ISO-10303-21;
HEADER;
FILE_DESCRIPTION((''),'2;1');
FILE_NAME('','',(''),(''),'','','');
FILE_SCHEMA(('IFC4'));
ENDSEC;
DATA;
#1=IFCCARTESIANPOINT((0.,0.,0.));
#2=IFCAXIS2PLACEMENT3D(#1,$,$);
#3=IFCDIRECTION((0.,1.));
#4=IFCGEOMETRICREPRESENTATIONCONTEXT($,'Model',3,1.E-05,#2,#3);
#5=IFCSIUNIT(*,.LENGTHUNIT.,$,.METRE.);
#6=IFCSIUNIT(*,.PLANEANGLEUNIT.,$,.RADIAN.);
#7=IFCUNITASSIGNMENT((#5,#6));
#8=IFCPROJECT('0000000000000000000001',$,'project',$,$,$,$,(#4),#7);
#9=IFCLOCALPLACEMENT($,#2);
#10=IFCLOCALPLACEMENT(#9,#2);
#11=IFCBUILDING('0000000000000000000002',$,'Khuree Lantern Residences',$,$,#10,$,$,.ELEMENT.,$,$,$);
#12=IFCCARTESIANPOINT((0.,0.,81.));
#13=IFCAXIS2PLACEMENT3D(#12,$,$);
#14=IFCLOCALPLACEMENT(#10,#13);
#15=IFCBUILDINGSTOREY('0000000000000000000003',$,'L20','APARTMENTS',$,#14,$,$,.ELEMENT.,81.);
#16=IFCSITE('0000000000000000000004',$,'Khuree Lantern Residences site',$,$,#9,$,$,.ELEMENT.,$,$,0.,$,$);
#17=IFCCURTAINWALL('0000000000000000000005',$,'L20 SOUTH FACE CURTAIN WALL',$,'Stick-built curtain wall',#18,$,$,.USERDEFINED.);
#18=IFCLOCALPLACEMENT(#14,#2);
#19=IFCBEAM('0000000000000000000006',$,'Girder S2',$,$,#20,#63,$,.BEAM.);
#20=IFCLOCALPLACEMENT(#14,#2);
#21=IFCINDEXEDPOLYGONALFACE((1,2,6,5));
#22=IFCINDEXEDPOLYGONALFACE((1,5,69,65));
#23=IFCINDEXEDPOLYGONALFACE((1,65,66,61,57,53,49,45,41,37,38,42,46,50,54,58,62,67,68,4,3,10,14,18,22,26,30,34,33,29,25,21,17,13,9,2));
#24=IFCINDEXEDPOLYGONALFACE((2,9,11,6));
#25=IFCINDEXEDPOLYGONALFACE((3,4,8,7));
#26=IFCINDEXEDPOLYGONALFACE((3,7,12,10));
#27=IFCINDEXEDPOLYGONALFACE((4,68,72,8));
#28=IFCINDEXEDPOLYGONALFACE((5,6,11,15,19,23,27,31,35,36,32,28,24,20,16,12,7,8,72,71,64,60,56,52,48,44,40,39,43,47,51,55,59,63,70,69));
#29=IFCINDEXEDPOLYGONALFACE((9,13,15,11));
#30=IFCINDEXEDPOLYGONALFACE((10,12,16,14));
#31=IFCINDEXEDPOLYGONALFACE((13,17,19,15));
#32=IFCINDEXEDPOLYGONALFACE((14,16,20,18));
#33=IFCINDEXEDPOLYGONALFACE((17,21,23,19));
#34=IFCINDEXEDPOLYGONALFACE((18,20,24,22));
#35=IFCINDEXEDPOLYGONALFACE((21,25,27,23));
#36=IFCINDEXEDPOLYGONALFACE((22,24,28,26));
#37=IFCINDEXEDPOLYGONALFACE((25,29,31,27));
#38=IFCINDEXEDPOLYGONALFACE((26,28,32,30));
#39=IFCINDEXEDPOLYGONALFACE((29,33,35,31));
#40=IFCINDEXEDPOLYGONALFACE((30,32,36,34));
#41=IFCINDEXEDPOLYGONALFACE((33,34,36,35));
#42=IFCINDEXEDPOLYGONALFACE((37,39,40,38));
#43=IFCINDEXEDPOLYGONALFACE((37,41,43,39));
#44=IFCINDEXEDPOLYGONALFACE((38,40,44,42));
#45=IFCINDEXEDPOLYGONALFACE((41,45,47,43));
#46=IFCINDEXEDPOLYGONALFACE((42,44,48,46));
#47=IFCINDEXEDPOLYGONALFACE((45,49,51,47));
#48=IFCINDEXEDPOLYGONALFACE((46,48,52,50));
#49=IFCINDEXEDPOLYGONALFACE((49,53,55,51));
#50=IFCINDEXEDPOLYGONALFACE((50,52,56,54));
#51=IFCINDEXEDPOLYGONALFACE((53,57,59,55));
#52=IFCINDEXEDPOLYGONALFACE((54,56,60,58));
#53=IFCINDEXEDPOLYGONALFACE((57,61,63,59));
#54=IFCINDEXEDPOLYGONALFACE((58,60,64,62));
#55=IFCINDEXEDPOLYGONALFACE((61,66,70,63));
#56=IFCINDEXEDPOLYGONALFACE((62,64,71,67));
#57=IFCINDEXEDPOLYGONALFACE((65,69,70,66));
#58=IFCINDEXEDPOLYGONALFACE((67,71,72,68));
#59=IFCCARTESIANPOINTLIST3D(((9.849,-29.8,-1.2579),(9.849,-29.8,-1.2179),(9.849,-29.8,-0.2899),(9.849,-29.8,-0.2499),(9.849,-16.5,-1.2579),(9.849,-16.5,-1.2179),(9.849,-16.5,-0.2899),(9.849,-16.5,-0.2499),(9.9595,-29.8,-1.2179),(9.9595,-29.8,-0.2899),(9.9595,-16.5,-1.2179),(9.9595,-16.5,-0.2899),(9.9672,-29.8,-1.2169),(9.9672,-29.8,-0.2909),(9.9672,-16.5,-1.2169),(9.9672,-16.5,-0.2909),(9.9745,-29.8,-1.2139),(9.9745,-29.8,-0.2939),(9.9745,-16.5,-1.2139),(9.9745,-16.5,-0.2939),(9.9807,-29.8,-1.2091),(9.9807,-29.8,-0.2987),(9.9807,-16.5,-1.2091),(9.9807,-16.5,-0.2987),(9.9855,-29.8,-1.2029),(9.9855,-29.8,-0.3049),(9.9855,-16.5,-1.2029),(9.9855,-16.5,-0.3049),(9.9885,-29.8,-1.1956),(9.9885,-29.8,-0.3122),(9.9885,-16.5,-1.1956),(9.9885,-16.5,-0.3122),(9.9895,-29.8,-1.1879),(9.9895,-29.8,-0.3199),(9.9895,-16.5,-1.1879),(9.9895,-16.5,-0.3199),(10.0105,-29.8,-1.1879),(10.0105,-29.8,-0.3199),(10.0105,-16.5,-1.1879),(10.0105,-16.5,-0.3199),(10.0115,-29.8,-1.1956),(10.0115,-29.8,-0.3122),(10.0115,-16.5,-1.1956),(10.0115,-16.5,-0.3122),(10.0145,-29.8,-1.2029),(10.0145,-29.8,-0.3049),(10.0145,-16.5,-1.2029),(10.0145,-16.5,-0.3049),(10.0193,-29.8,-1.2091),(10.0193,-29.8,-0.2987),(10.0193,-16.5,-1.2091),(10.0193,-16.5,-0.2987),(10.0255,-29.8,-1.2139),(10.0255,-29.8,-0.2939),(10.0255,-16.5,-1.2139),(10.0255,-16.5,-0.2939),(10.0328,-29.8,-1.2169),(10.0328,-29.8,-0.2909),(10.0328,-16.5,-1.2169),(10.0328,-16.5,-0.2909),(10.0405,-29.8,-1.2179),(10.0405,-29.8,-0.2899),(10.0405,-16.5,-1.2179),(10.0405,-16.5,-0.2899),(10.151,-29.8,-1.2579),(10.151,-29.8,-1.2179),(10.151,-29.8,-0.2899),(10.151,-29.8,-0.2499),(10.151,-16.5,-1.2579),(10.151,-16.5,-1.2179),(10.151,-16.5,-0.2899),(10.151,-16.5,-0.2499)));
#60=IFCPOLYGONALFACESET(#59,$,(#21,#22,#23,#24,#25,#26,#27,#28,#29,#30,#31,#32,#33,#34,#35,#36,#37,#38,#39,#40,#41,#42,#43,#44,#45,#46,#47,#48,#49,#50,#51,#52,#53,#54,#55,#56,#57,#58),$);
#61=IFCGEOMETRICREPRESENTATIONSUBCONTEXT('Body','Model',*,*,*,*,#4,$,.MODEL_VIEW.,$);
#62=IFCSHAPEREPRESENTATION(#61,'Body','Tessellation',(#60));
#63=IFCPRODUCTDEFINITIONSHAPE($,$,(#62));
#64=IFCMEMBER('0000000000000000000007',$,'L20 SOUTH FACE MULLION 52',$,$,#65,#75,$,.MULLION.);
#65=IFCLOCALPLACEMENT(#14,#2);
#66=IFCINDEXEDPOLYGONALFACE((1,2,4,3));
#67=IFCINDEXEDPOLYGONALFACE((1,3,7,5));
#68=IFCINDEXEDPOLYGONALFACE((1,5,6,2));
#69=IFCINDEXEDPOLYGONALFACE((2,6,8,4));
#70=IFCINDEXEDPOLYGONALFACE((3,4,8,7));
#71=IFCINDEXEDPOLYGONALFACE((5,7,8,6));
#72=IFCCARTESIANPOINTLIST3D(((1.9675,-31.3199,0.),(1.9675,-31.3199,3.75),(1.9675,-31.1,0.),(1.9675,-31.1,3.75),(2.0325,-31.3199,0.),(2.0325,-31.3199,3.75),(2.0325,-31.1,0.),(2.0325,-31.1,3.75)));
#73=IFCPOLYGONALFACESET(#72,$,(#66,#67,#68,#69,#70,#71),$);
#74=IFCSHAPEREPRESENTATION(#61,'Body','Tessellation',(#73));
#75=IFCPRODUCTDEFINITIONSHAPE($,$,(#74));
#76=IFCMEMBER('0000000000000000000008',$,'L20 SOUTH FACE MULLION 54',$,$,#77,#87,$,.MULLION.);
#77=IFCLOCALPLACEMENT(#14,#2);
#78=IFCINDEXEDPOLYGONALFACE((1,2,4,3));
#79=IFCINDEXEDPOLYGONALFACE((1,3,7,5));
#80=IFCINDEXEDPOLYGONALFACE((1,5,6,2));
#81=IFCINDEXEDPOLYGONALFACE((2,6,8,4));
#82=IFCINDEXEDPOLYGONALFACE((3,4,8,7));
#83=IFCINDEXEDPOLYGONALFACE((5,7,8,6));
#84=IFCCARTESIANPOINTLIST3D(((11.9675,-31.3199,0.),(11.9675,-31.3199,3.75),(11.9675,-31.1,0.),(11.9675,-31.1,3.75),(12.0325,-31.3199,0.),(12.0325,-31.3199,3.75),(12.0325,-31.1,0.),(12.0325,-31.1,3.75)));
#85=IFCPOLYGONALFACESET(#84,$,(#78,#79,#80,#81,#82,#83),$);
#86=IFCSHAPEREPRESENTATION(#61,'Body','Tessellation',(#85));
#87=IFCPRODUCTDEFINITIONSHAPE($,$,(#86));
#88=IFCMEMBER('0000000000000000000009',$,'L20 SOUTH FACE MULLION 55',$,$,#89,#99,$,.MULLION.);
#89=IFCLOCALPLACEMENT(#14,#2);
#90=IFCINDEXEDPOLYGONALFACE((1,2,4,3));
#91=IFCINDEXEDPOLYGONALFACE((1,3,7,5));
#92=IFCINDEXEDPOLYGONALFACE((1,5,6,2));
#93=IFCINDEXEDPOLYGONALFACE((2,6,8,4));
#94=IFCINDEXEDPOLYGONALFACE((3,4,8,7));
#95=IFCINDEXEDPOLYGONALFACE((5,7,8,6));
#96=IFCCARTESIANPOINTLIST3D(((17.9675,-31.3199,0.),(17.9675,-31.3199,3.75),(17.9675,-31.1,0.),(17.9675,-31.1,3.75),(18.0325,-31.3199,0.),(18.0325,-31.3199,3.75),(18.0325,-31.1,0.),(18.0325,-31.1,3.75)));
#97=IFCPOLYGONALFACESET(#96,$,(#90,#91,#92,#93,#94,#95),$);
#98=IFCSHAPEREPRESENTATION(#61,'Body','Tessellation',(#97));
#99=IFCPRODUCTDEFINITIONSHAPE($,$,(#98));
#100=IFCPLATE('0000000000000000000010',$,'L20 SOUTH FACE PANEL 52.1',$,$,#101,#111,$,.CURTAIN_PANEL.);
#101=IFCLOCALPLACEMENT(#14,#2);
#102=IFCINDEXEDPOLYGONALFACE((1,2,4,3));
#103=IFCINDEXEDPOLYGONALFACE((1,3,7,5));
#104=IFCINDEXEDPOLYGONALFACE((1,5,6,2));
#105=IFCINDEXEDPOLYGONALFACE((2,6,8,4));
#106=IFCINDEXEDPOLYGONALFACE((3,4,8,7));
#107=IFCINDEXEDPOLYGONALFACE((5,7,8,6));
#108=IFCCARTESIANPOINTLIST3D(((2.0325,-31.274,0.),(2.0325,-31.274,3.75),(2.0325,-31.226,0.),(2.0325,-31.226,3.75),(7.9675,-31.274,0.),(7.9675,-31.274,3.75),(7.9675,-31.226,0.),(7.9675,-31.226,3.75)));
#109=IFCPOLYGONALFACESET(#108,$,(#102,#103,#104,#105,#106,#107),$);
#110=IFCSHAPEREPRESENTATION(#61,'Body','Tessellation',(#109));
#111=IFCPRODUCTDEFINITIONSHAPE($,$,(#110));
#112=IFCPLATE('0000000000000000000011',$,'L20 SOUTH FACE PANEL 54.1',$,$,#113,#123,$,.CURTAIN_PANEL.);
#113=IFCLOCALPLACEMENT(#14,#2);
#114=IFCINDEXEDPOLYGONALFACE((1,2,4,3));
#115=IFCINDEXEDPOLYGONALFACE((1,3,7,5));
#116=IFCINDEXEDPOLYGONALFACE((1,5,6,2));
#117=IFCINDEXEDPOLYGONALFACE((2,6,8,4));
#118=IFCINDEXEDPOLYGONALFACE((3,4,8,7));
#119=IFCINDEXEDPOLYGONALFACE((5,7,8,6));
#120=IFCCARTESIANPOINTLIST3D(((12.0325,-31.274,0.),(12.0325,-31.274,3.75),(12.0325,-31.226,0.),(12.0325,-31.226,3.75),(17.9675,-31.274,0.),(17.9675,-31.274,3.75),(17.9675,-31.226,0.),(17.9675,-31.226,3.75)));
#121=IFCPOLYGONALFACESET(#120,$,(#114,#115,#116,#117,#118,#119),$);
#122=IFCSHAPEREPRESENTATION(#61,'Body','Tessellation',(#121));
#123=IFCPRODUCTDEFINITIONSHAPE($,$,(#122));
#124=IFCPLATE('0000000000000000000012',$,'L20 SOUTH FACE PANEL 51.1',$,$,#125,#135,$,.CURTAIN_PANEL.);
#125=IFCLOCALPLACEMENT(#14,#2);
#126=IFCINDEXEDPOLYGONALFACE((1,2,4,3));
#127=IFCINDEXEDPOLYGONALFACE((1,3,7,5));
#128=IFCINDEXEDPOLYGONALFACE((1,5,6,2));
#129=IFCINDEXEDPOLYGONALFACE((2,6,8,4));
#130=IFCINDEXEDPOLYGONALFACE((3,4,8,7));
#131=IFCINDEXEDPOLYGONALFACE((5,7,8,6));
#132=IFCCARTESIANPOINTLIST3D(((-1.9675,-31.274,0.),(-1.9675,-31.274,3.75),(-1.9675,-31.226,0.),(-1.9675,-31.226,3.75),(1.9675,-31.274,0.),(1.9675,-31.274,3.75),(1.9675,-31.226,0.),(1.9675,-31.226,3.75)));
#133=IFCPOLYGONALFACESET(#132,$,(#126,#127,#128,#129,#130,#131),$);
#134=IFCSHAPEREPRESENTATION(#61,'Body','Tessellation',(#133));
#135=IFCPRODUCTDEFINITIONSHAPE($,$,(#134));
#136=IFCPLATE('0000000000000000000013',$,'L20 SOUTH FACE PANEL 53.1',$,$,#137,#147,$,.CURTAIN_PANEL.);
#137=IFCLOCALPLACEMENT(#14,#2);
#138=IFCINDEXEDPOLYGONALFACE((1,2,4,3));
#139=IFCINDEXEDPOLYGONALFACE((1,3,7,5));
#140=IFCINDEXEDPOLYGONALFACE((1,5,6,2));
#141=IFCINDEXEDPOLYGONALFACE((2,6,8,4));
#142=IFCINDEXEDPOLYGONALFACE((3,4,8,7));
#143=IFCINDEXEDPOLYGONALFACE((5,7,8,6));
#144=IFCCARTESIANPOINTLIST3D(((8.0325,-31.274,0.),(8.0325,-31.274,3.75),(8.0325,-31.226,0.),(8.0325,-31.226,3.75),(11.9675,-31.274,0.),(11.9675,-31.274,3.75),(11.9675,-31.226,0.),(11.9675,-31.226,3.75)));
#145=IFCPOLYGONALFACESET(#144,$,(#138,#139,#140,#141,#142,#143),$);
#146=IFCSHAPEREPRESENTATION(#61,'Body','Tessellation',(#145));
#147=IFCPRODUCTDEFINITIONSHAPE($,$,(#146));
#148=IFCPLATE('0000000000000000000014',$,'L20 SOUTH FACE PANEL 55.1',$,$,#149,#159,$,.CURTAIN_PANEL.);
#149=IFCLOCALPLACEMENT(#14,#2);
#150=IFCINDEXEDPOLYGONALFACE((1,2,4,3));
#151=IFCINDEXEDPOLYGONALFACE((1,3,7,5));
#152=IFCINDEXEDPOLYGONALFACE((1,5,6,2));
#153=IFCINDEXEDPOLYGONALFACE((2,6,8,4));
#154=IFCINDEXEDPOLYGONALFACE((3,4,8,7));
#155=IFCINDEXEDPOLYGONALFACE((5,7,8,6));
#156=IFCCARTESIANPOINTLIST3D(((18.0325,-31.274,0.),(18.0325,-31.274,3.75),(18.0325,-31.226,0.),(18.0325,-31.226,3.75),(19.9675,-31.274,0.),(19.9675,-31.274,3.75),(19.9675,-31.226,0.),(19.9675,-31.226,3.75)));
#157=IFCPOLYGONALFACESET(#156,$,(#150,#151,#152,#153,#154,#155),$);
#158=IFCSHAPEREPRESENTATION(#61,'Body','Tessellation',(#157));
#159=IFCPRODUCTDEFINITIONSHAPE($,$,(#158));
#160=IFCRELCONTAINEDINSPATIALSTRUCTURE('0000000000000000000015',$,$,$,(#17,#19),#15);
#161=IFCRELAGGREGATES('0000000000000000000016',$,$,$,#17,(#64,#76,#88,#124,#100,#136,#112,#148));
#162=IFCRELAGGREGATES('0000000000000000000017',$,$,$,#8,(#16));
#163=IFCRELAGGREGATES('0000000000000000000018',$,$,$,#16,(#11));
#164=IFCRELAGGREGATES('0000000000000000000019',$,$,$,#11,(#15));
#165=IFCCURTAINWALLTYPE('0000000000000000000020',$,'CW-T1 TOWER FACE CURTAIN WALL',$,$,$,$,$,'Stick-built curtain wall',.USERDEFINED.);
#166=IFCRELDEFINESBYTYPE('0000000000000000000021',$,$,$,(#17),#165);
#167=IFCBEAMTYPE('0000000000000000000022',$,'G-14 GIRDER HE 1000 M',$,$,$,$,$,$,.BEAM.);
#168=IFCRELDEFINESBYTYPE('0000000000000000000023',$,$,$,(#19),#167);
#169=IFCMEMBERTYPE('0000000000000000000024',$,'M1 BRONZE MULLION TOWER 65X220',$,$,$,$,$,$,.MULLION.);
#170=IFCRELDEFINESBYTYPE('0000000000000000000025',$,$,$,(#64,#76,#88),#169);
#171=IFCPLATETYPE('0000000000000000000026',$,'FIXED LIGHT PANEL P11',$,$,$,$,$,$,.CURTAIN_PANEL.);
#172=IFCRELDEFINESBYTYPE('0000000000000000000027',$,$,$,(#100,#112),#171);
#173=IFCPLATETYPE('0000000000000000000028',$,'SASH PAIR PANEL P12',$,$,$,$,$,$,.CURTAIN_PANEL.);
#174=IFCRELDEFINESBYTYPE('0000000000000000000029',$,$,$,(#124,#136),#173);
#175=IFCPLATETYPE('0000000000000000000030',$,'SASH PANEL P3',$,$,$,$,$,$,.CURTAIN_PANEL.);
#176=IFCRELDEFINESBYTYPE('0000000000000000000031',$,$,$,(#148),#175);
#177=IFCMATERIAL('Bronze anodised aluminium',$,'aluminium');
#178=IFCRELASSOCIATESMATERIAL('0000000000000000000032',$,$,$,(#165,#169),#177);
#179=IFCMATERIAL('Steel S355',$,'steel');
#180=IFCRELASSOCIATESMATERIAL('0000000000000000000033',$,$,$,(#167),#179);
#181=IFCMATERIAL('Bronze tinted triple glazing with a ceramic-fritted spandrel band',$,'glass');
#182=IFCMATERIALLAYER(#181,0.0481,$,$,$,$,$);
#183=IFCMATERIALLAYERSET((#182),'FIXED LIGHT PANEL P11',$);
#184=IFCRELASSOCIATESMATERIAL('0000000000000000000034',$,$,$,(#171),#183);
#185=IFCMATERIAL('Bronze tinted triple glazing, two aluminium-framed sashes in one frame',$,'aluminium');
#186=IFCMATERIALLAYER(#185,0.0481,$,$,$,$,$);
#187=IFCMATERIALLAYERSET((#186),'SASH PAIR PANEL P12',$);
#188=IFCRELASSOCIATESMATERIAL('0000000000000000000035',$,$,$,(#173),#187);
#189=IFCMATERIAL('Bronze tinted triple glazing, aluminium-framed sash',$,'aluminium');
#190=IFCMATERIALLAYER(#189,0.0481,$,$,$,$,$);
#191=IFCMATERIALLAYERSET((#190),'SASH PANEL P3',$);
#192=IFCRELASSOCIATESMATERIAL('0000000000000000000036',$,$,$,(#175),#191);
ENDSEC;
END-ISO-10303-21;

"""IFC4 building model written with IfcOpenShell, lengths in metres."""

from ifc_helpers import new_model, si_unit, direction, frame, origin, origin_2d, place, context, subcontext, project, spatial, rectangle, i_section, extrude, material, layer, layer_set, material_profile, profile_set, type_object, element, aggregate, save


model = new_model("IFC4")

# Units and contexts
model_context = context("Model", 3, precision=1e-05, world=origin(), true_north=direction((0.0, 1.0)))
body_context = subcontext(model_context, "Body", "Model", "MODEL_VIEW")
ifc_project = project(units=[si_unit("LENGTHUNIT", "METRE"), si_unit("PLANEANGLEUNIT", "RADIAN")], contexts=[model_context])

# Site, building, storey
site_placement = place(None, origin())
site = spatial("IfcSite", under=ifc_project, at=site_placement, Name="Khuree Lantern Residences site", CompositionType="ELEMENT", RefElevation=0.0)
building_placement = place(site_placement, origin())
building = spatial("IfcBuilding", under=site, at=building_placement, Name="Khuree Lantern Residences", CompositionType="ELEMENT")
storey_placement = place(building_placement, frame((0.0, 0.0, 81.0)))
storey = spatial("IfcBuildingStorey", under=building, at=storey_placement, Name="L20", Description="APARTMENTS", CompositionType="ELEMENT", Elevation=81.0)

# Shared definitions
ifc_material_1 = material(Name="Steel S355", Category="steel")

# Curtain wall
ifc_material_2 = material(Name="Bronze anodised aluminium", Category="aluminium")
curtain_wall_type = type_object("IfcCurtainWallType", Name="CW-T1 TOWER FACE CURTAIN WALL", ElementType="Stick-built curtain wall", PredefinedType="USERDEFINED", material=ifc_material_2)
curtain_wall_placement = place(storey_placement, origin())
curtain_wall = element("IfcCurtainWall", 1, at=curtain_wall_placement, inside=storey, type_object=curtain_wall_type, Name="L20 SOUTH FACE CURTAIN WALL", ObjectType="Stick-built curtain wall", PredefinedType="USERDEFINED")

# Beam
ifc_material_profile_1 = material_profile(ifc_material_1, i_section(OverallWidth=0.302, OverallDepth=1.0081, WebThickness=0.021, FlangeThickness=0.04, FilletRadius=0.03, at=origin_2d()), Name="HE 1000 M")
ifc_profile_set_1 = profile_set([ifc_material_profile_1], Name="Steel S355")
beam_type_1 = type_object("IfcBeamType", Name="G-14 GIRDER HE 1000 M", PredefinedType="BEAM", material=ifc_profile_set_1)
beam_1_placement = place(storey_placement, frame((10.0, -29.8, -0.7539), z_axis=(0.0, 1.0, 0.0), x_axis=(-1.0, 0.0, 0.0)))
element("IfcBeam", 2, at=beam_1_placement, inside=storey, type_object=beam_type_1, Name="Girder S2", PredefinedType="BEAM", context=body_context, shape_type="SweptSolid", body=[
    extrude(i_section(OverallWidth=0.302, OverallDepth=1.0081, WebThickness=0.021, FlangeThickness=0.04, FilletRadius=0.03, at=origin_2d()), origin(), (0.0, 0.0, 1.0), 13.3),
])

# Members
ifc_material_profile_2 = material_profile(ifc_material_2, rectangle(XDim=0.0649, YDim=0.22, at=origin_2d()), Name="M1 65X220")
ifc_profile_set_2 = profile_set([ifc_material_profile_2], Name="Bronze anodised aluminium")
member_type_1 = type_object("IfcMemberType", Name="M1 BRONZE MULLION TOWER 65X220", PredefinedType="MULLION", material=ifc_profile_set_2)
member_1_placement = place(storey_placement, frame((2.0, -31.21, 0.0), z_axis=(0.0, 0.0, 1.0), x_axis=(1.0, 0.0, 0.0)))
member_1 = element("IfcMember", 3, at=member_1_placement, type_object=member_type_1, Name="L20 SOUTH FACE MULLION 52", PredefinedType="MULLION", context=body_context, shape_type="SweptSolid", body=[
    extrude(rectangle(XDim=0.0649, YDim=0.22, at=origin_2d()), origin(), (0.0, 0.0, 1.0), 3.75),
])
member_2_placement = place(storey_placement, frame((12.0, -31.21, 0.0), z_axis=(0.0, 0.0, 1.0), x_axis=(1.0, 0.0, 0.0)))
member_2 = element("IfcMember", 4, at=member_2_placement, type_object=member_type_1, Name="L20 SOUTH FACE MULLION 54", PredefinedType="MULLION", context=body_context, shape_type="SweptSolid", body=[
    extrude(rectangle(XDim=0.0649, YDim=0.22, at=origin_2d()), origin(), (0.0, 0.0, 1.0), 3.75),
])
member_3_placement = place(storey_placement, frame((18.0, -31.21, 0.0), z_axis=(0.0, 0.0, 1.0), x_axis=(1.0, 0.0, 0.0)))
member_3 = element("IfcMember", 5, at=member_3_placement, type_object=member_type_1, Name="L20 SOUTH FACE MULLION 55", PredefinedType="MULLION", context=body_context, shape_type="SweptSolid", body=[
    extrude(rectangle(XDim=0.0649, YDim=0.22, at=origin_2d()), origin(), (0.0, 0.0, 1.0), 3.75),
])

# Plates
ifc_material_3 = material(Name="Bronze tinted triple glazing with a ceramic-fritted spandrel band", Category="glass")
ifc_layer_1 = layer(ifc_material_3, 0.0481)
ifc_layer_set_1 = layer_set([ifc_layer_1], Name="FIXED LIGHT PANEL P11")
plate_type_1 = type_object("IfcPlateType", Name="FIXED LIGHT PANEL P11", PredefinedType="CURTAIN_PANEL", material=ifc_layer_set_1)
plate_1_placement = place(storey_placement, frame((5.0, -31.25, 0.0), z_axis=(0.0, 0.0, 1.0), x_axis=(1.0, 0.0, 0.0)))
plate_1 = element("IfcPlate", 6, at=plate_1_placement, type_object=plate_type_1, Name="L20 SOUTH FACE PANEL 52.1", PredefinedType="CURTAIN_PANEL", context=body_context, shape_type="SweptSolid", body=[
    extrude(rectangle(XDim=5.9351, YDim=0.0481, at=origin_2d()), origin(), (0.0, 0.0, 1.0), 3.75),
])
plate_2_placement = place(storey_placement, frame((15.0, -31.25, 0.0), z_axis=(0.0, 0.0, 1.0), x_axis=(1.0, 0.0, 0.0)))
plate_2 = element("IfcPlate", 7, at=plate_2_placement, type_object=plate_type_1, Name="L20 SOUTH FACE PANEL 54.1", PredefinedType="CURTAIN_PANEL", context=body_context, shape_type="SweptSolid", body=[
    extrude(rectangle(XDim=5.9351, YDim=0.0481, at=origin_2d()), origin(), (0.0, 0.0, 1.0), 3.75),
])
ifc_material_4 = material(Name="Bronze tinted triple glazing, two aluminium-framed sashes in one frame", Category="aluminium")
ifc_layer_2 = layer(ifc_material_4, 0.0481)
ifc_layer_set_2 = layer_set([ifc_layer_2], Name="SASH PAIR PANEL P12")
plate_type_2 = type_object("IfcPlateType", Name="SASH PAIR PANEL P12", PredefinedType="CURTAIN_PANEL", material=ifc_layer_set_2)
plate_3_placement = place(storey_placement, frame((0.0, -31.25, 0.0), z_axis=(0.0, 0.0, 1.0), x_axis=(1.0, 0.0, 0.0)))
plate_3 = element("IfcPlate", 8, at=plate_3_placement, type_object=plate_type_2, Name="L20 SOUTH FACE PANEL 51.1", PredefinedType="CURTAIN_PANEL", context=body_context, shape_type="SweptSolid", body=[
    extrude(rectangle(XDim=3.9351, YDim=0.0481, at=origin_2d()), origin(), (0.0, 0.0, 1.0), 3.75),
])
plate_4_placement = place(storey_placement, frame((10.0, -31.25, 0.0), z_axis=(0.0, 0.0, 1.0), x_axis=(1.0, 0.0, 0.0)))
plate_4 = element("IfcPlate", 9, at=plate_4_placement, type_object=plate_type_2, Name="L20 SOUTH FACE PANEL 53.1", PredefinedType="CURTAIN_PANEL", context=body_context, shape_type="SweptSolid", body=[
    extrude(rectangle(XDim=3.9351, YDim=0.0481, at=origin_2d()), origin(), (0.0, 0.0, 1.0), 3.75),
])
ifc_material_5 = material(Name="Bronze tinted triple glazing, aluminium-framed sash", Category="aluminium")
ifc_layer_3 = layer(ifc_material_5, 0.0481)
ifc_layer_set_3 = layer_set([ifc_layer_3], Name="SASH PANEL P3")
plate_type_3 = type_object("IfcPlateType", Name="SASH PANEL P3", PredefinedType="CURTAIN_PANEL", material=ifc_layer_set_3)
plate_5_placement = place(storey_placement, frame((19.0, -31.25, 0.0), z_axis=(0.0, 0.0, 1.0), x_axis=(1.0, 0.0, 0.0)))
plate_5 = element("IfcPlate", 10, at=plate_5_placement, type_object=plate_type_3, Name="L20 SOUTH FACE PANEL 55.1", PredefinedType="CURTAIN_PANEL", context=body_context, shape_type="SweptSolid", body=[
    extrude(rectangle(XDim=1.9351, YDim=0.0481, at=origin_2d()), origin(), (0.0, 0.0, 1.0), 3.75),
])
aggregate(curtain_wall, [member_1, member_2, member_3, plate_3, plate_1, plate_4, plate_2, plate_5])

save(model, "model.ifc")
